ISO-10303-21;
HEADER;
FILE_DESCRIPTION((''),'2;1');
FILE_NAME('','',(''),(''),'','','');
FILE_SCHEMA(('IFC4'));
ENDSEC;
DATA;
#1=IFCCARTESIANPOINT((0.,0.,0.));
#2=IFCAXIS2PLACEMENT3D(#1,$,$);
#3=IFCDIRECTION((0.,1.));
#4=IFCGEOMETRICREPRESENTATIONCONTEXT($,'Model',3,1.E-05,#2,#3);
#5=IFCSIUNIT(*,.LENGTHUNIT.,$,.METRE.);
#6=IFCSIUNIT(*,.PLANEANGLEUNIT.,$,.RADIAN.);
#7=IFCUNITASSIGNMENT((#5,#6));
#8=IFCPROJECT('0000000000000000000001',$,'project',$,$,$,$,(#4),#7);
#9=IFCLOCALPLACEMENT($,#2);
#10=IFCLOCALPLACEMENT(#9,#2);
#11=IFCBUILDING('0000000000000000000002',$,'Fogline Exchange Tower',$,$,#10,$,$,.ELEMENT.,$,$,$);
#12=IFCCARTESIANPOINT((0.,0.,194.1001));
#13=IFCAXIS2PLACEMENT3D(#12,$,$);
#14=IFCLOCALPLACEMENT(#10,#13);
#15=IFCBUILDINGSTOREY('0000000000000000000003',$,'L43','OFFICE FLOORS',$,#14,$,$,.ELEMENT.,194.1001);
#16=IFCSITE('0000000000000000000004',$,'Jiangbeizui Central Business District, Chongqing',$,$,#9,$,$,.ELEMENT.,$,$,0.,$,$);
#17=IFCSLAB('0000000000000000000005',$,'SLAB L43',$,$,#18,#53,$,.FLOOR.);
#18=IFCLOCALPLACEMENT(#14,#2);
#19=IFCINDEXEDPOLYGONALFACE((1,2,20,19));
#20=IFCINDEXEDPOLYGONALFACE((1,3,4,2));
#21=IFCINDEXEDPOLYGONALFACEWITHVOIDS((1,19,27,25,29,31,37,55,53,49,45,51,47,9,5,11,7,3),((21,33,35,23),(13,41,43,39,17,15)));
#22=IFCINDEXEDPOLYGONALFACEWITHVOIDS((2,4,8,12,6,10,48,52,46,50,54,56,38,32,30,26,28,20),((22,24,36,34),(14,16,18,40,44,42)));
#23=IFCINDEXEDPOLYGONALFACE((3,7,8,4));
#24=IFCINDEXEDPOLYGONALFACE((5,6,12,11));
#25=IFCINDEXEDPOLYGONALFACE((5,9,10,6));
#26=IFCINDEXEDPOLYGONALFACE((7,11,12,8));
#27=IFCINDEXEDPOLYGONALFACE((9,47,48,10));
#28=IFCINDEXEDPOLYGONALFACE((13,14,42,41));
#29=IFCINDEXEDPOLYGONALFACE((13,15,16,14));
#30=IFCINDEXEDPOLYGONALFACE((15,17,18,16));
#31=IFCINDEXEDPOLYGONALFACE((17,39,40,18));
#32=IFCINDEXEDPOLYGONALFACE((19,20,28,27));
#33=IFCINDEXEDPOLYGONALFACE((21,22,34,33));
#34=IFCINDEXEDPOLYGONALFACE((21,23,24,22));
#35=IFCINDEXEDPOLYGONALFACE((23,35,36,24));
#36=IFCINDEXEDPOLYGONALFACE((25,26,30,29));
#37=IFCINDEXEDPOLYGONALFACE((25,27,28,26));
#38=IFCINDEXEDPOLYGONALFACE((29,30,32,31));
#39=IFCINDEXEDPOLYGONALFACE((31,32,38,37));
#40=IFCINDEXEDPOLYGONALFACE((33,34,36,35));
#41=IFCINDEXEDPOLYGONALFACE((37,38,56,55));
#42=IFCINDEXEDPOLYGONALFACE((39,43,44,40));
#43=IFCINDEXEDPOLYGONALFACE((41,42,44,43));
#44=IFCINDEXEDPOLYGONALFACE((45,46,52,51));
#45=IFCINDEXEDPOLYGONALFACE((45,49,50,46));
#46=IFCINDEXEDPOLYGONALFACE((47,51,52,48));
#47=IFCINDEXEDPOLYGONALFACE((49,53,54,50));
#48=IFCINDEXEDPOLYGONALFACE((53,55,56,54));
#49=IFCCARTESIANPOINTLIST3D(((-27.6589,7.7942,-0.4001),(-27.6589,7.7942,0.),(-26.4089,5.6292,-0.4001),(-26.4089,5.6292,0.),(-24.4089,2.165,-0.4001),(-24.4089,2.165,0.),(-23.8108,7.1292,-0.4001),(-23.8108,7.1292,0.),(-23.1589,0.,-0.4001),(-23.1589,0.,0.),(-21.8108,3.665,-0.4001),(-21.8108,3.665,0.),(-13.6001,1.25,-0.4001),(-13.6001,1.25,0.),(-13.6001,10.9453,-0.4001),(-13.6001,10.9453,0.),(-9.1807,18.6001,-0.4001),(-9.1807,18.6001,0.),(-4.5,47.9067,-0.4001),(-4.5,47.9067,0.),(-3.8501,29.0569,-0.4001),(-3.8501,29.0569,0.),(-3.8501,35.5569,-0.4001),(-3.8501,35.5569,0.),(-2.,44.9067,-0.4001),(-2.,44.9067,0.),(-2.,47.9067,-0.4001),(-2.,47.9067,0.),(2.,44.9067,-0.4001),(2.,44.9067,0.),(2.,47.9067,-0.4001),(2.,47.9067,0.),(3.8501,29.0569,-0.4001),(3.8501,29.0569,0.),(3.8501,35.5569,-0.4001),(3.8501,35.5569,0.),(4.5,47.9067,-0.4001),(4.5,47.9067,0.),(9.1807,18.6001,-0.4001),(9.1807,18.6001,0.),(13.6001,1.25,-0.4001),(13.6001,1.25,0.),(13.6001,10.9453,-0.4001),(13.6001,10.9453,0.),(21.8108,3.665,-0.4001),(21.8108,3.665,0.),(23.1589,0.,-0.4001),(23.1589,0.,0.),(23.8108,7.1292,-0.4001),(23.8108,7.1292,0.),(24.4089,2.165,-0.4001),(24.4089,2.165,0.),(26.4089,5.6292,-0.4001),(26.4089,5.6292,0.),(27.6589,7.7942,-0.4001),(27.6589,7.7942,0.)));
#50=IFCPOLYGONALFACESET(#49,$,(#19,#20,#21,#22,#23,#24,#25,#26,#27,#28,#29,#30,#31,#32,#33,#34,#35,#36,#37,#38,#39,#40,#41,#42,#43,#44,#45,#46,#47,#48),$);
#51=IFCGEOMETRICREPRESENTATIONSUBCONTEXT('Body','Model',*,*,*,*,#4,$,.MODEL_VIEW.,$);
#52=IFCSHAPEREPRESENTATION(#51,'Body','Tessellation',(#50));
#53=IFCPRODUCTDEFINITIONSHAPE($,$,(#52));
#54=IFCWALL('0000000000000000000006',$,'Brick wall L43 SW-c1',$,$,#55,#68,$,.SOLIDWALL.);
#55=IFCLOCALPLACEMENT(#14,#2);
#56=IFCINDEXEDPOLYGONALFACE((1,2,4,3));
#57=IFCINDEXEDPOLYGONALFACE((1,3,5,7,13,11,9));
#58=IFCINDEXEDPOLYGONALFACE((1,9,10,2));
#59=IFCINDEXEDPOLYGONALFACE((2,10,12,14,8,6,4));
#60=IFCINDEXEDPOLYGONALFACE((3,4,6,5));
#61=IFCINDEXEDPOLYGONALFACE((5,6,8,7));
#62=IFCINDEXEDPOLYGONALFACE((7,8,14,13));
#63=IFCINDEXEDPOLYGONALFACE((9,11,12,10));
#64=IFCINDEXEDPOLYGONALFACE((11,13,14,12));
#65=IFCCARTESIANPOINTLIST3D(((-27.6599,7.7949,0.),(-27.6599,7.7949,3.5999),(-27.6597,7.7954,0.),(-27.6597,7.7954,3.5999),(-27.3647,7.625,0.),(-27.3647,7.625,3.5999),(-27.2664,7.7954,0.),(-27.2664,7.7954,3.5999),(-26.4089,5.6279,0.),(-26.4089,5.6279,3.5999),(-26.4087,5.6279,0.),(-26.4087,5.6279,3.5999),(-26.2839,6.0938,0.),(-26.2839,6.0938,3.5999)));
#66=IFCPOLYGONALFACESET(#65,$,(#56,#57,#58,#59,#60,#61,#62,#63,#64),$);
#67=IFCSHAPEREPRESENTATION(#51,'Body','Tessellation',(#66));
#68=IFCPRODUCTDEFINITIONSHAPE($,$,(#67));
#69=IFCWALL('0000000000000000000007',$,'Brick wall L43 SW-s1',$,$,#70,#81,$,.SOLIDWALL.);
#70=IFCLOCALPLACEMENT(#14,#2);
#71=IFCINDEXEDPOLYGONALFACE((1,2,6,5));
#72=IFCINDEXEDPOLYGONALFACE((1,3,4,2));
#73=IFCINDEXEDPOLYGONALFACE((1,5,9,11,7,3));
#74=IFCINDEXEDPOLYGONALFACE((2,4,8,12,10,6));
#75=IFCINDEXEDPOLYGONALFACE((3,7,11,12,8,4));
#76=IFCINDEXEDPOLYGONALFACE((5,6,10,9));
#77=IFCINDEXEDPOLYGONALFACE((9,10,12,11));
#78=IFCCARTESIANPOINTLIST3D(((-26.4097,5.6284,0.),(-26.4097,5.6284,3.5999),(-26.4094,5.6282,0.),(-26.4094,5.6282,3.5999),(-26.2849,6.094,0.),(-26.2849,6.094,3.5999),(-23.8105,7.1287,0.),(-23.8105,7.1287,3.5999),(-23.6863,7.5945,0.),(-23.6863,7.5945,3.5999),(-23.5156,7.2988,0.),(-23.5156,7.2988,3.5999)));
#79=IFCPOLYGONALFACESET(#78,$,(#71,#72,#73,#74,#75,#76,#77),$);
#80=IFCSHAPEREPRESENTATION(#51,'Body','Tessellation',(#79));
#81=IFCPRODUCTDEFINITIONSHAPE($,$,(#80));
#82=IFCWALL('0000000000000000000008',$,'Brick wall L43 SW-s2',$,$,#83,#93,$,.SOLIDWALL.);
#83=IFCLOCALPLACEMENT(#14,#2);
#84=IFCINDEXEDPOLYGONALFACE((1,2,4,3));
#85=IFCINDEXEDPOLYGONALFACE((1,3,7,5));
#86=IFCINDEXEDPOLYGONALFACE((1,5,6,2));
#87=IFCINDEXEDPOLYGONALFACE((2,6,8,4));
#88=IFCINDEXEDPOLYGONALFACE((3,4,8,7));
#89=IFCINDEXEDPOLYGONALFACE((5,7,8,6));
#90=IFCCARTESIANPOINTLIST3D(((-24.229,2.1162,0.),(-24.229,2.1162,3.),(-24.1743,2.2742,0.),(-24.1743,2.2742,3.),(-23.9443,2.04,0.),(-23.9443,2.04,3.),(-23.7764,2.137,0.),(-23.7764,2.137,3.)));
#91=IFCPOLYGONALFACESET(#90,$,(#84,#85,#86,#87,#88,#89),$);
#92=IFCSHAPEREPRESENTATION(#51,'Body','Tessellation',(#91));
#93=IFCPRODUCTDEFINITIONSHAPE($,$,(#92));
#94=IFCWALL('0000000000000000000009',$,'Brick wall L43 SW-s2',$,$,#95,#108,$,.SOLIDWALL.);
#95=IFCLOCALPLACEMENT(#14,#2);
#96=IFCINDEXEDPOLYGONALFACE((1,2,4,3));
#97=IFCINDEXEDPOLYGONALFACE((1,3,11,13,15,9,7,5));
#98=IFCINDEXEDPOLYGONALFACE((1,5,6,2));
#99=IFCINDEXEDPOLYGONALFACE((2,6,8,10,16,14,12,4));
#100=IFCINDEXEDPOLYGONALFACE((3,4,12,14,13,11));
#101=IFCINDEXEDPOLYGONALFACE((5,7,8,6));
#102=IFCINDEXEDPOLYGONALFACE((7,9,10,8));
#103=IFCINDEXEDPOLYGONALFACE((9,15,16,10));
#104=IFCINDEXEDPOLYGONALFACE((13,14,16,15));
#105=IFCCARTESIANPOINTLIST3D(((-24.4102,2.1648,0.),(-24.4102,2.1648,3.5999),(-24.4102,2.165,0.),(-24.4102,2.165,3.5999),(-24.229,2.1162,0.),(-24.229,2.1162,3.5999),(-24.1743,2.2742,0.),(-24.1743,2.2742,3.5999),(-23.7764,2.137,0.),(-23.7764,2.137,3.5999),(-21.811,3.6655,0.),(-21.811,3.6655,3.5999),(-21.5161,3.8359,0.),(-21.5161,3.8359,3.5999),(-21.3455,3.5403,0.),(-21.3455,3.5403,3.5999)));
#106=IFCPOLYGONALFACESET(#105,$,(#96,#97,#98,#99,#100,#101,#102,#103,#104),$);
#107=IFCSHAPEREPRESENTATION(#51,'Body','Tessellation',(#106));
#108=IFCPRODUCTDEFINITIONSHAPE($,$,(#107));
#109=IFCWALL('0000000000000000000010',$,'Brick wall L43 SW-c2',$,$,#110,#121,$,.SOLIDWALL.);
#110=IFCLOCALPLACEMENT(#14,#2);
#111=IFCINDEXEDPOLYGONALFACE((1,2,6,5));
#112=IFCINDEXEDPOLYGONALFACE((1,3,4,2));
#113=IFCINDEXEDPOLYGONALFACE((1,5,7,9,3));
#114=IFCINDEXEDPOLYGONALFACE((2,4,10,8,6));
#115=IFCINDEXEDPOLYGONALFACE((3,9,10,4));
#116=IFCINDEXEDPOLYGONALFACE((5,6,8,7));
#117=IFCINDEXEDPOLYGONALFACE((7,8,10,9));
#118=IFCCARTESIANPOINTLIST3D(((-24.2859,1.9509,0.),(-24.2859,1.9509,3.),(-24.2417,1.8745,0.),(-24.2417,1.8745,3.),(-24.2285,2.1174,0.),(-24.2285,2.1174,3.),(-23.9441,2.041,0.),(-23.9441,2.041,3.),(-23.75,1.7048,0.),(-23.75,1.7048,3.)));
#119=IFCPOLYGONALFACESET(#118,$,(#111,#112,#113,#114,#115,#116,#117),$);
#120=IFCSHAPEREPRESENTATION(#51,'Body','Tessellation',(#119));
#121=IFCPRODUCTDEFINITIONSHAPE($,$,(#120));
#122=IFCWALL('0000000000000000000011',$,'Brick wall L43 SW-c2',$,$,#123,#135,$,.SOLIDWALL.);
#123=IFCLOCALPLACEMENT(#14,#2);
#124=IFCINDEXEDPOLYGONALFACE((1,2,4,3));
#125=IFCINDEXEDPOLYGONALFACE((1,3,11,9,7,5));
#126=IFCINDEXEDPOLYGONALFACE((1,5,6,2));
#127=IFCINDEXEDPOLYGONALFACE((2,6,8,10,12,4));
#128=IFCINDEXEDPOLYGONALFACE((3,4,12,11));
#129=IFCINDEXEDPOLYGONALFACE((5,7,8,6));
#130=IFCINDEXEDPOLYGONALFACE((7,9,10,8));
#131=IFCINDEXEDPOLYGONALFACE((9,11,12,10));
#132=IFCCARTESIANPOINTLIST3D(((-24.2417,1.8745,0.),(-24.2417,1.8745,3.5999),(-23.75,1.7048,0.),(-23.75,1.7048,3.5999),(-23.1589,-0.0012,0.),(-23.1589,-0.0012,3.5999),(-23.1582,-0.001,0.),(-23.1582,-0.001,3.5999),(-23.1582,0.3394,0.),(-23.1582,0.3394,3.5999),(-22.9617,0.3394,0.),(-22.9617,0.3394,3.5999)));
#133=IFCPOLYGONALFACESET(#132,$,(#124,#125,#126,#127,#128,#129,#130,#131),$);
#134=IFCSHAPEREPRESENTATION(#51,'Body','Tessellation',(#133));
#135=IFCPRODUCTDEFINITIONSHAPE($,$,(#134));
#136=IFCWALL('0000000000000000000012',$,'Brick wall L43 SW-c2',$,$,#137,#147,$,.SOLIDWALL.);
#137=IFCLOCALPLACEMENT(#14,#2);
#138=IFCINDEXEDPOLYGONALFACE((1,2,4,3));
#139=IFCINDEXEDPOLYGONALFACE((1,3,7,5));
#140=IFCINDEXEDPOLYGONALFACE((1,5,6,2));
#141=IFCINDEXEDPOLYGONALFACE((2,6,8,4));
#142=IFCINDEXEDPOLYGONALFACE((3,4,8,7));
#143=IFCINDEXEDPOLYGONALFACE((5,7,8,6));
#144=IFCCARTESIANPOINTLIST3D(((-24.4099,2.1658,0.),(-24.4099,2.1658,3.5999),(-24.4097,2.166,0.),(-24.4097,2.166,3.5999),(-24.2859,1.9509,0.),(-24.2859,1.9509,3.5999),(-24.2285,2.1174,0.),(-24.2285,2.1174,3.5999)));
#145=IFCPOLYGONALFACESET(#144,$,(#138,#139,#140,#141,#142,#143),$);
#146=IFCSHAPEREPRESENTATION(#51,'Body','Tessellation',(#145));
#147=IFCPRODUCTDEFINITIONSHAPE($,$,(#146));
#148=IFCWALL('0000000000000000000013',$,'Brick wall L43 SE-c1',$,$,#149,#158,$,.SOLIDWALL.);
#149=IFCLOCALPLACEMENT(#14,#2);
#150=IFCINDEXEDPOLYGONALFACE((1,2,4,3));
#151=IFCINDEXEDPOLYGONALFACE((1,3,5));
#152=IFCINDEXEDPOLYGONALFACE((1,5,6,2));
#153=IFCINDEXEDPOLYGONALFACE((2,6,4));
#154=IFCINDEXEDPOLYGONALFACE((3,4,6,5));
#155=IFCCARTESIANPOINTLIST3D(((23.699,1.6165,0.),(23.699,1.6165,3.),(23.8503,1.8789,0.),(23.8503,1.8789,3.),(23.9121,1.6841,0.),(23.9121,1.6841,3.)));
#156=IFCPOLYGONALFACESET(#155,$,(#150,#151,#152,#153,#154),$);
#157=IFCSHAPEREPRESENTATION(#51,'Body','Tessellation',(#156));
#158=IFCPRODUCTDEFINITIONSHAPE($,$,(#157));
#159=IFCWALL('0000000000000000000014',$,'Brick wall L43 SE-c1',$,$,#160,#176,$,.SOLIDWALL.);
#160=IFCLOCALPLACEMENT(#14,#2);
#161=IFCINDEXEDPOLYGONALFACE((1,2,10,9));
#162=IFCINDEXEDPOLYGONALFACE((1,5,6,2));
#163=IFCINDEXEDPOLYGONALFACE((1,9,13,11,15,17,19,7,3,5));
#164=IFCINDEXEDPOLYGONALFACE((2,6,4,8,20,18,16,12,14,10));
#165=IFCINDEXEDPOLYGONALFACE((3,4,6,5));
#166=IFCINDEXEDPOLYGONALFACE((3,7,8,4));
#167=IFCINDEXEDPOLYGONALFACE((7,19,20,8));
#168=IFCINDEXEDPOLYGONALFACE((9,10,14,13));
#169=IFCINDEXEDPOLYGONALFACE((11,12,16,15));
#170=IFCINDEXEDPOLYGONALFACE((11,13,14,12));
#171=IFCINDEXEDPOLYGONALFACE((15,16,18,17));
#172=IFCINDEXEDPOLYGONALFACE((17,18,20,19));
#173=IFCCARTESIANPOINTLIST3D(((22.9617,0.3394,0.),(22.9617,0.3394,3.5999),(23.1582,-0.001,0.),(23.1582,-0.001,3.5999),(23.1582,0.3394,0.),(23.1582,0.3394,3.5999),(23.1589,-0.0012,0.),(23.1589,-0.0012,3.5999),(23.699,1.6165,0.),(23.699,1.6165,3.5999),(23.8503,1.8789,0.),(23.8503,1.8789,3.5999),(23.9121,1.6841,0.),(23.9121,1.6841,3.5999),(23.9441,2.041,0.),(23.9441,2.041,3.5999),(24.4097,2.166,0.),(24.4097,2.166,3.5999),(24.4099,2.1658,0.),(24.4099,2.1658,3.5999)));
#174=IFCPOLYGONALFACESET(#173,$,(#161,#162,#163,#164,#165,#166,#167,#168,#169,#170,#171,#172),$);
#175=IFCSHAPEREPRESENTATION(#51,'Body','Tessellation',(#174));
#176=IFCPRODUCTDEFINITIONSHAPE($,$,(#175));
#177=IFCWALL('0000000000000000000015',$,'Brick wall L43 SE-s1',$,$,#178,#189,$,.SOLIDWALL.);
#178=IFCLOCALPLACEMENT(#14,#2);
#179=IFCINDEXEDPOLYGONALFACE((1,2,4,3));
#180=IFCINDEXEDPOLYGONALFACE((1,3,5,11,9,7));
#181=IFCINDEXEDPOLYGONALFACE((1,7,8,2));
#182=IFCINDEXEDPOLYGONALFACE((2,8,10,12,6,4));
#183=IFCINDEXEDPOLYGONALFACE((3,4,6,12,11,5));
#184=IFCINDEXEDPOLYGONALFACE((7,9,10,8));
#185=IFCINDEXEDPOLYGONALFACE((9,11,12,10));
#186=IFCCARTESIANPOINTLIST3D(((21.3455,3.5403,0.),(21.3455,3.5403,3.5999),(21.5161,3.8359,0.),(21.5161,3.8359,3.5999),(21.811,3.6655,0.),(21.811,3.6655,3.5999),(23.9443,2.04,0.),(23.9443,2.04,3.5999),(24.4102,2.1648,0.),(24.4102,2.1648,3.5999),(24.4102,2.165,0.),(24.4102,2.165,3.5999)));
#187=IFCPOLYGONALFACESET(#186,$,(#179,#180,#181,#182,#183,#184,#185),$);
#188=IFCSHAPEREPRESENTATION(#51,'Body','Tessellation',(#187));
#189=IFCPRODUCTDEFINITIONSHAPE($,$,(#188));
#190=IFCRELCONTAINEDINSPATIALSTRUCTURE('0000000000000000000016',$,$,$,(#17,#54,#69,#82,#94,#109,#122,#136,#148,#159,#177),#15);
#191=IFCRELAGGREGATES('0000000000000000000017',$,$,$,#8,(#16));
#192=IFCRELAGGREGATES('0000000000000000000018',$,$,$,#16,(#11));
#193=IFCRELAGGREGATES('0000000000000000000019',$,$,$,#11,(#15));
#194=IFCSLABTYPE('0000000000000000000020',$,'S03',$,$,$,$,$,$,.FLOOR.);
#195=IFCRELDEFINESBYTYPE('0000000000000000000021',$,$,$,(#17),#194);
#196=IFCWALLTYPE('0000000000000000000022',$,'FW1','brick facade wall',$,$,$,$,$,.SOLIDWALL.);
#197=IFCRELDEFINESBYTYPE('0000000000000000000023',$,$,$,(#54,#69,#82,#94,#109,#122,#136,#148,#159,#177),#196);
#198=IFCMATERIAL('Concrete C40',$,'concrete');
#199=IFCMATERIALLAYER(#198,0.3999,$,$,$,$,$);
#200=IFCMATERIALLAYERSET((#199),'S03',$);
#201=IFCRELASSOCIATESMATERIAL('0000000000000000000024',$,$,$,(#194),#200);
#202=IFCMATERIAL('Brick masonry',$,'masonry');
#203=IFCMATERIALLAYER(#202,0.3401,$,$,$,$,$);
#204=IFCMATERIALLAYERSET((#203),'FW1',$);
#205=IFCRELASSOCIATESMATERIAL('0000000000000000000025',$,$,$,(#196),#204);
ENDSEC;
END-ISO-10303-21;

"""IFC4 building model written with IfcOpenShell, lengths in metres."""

from ifc_helpers import new_model, si_unit, direction, frame, origin, place, context, subcontext, project, spatial, polyline, outline, extrude, material, layer, layer_set, type_object, element, save


model = new_model("IFC4")

# Units and contexts
model_context = context("Model", 3, precision=1e-05, world=origin(), true_north=direction((0.0, 1.0)))
body_context = subcontext(model_context, "Body", "Model", "MODEL_VIEW")
ifc_project = project(units=[si_unit("LENGTHUNIT", "METRE"), si_unit("PLANEANGLEUNIT", "RADIAN")], contexts=[model_context])

# Site, building, storey
site_placement = place(None, origin())
site = spatial("IfcSite", under=ifc_project, at=site_placement, Name="Jiangbeizui Central Business District, Chongqing", CompositionType="ELEMENT", RefElevation=0.0)
building_placement = place(site_placement, origin())
building = spatial("IfcBuilding", under=site, at=building_placement, Name="Fogline Exchange Tower", CompositionType="ELEMENT")
storey_placement = place(building_placement, frame((0.0, 0.0, 194.1001)))
storey = spatial("IfcBuildingStorey", under=building, at=storey_placement, Name="L43", Description="OFFICE FLOORS", CompositionType="ELEMENT", Elevation=194.1001)

# Slab
ifc_material_1 = material(Name="Concrete C40", Category="concrete")
ifc_layer_1 = layer(ifc_material_1, 0.3999)
ifc_layer_set_1 = layer_set([ifc_layer_1], Name="S03")
slab_type = type_object("IfcSlabType", Name="S03", PredefinedType="FLOOR", material=ifc_layer_set_1)
slab_placement = place(storey_placement, frame((0.0, 0.0, -0.4001)))
element("IfcSlab", 1, at=slab_placement, inside=storey, type_object=slab_type, Name="SLAB L43", PredefinedType="FLOOR", context=body_context, shape_type="SweptSolid", body=[
    extrude(outline(polyline([(-2.0, 47.9067), (-4.5, 47.9067), (-27.6589, 7.7942), (-26.4089, 5.6292), (-23.8108, 7.1292), (-21.8108, 3.665), (-24.4089, 2.165), (-23.1589, 0.0), (23.1589, 0.0), (24.4089, 2.165), (21.8108, 3.665), (23.8108, 7.1292), (26.4089, 5.6292), (27.6589, 7.7942), (4.5, 47.9067), (2.0, 47.9067), (2.0, 44.9067), (-2.0, 44.9067), (-2.0, 47.9067)]), holes=[polyline([(13.6001, 10.9453), (13.6001, 1.25), (-13.6001, 1.25), (-13.6001, 10.9453), (-9.1807, 18.6001), (9.1807, 18.6001), (13.6001, 10.9453)]), polyline([(3.8501, 35.5569), (3.8501, 29.0569), (-3.8501, 29.0569), (-3.8501, 35.5569), (3.8501, 35.5569)])]), origin(), (0.0, 0.0, 1.0), 0.4001),
])

# Walls
ifc_material_2 = material(Name="Brick masonry", Category="masonry")
ifc_layer_2 = layer(ifc_material_2, 0.3401)
ifc_layer_set_2 = layer_set([ifc_layer_2], Name="FW1")
wall_type = type_object("IfcWallType", Name="FW1", Description="brick facade wall", PredefinedType="SOLIDWALL", material=ifc_layer_set_2)
wall_1_placement = place(storey_placement, origin())
element("IfcWall", 2, at=wall_1_placement, inside=storey, type_object=wall_type, Name="Brick wall L43 SW-c1", PredefinedType="SOLIDWALL", context=body_context, shape_type="SweptSolid", body=[
    extrude(outline(polyline([(-26.4089, 5.6279), (-27.6599, 7.7949), (-27.6597, 7.7954), (-27.3647, 7.625), (-27.2664, 7.7954), (-26.2839, 6.0938), (-26.4087, 5.6279), (-26.4089, 5.6279)])), origin(), (0.0, 0.0, 1.0), 3.5999),
])
wall_2_placement = place(storey_placement, origin())
element("IfcWall", 3, at=wall_2_placement, inside=storey, type_object=wall_type, Name="Brick wall L43 SW-s1", PredefinedType="SOLIDWALL", context=body_context, shape_type="SweptSolid", body=[
    extrude(outline(polyline([(-23.6863, 7.5945), (-23.5156, 7.2988), (-23.8105, 7.1287), (-26.4094, 5.6282), (-26.4097, 5.6284), (-26.2849, 6.094), (-23.6863, 7.5945)])), origin(), (0.0, 0.0, 1.0), 3.5999),
])
wall_3_placement = place(storey_placement, origin())
element("IfcWall", 4, at=wall_3_placement, inside=storey, type_object=wall_type, Name="Brick wall L43 SW-s2", PredefinedType="SOLIDWALL", context=body_context, shape_type="SweptSolid", body=[
    extrude(outline(polyline([(-23.9443, 2.04), (-24.229, 2.1162), (-24.1743, 2.2742), (-23.7764, 2.137), (-23.9443, 2.04)])), origin(), (0.0, 0.0, 1.0), 3.0),
])
wall_4_placement = place(storey_placement, origin())
element("IfcWall", 5, at=wall_4_placement, inside=storey, type_object=wall_type, Name="Brick wall L43 SW-s2", PredefinedType="SOLIDWALL", context=body_context, shape_type="SweptSolid", body=[
    extrude(outline(polyline([(-21.811, 3.6655), (-21.5161, 3.8359), (-21.3455, 3.5403), (-23.7764, 2.137), (-24.1743, 2.2742), (-24.229, 2.1162), (-24.4102, 2.1648), (-24.4102, 2.165), (-21.811, 3.6655)])), origin(), (0.0, 0.0, 1.0), 3.5999),
])
wall_5_placement = place(storey_placement, origin())
element("IfcWall", 6, at=wall_5_placement, inside=storey, type_object=wall_type, Name="Brick wall L43 SW-c2", PredefinedType="SOLIDWALL", context=body_context, shape_type="SweptSolid", body=[
    extrude(outline(polyline([(-24.2859, 1.9509), (-24.2285, 2.1174), (-23.9441, 2.041), (-23.75, 1.7048), (-24.2417, 1.8745), (-24.2859, 1.9509)])), origin(), (0.0, 0.0, 1.0), 3.0),
])
wall_6_placement = place(storey_placement, origin())
element("IfcWall", 7, at=wall_6_placement, inside=storey, type_object=wall_type, Name="Brick wall L43 SW-c2", PredefinedType="SOLIDWALL", context=body_context, shape_type="SweptSolid", body=[
    extrude(outline(polyline([(-23.1582, 0.3394), (-23.1582, -0.001), (-23.1589, -0.0012), (-24.2417, 1.8745), (-23.75, 1.7048), (-22.9617, 0.3394), (-23.1582, 0.3394)])), origin(), (0.0, 0.0, 1.0), 3.5999),
])
wall_7_placement = place(storey_placement, origin())
element("IfcWall", 8, at=wall_7_placement, inside=storey, type_object=wall_type, Name="Brick wall L43 SW-c2", PredefinedType="SOLIDWALL", context=body_context, shape_type="SweptSolid", body=[
    extrude(outline(polyline([(-24.4099, 2.1658), (-24.4097, 2.166), (-24.2285, 2.1174), (-24.2859, 1.9509), (-24.4099, 2.1658)])), origin(), (0.0, 0.0, 1.0), 3.5999),
])
wall_8_placement = place(storey_placement, origin())
element("IfcWall", 9, at=wall_8_placement, inside=storey, type_object=wall_type, Name="Brick wall L43 SE-c1", PredefinedType="SOLIDWALL", context=body_context, shape_type="SweptSolid", body=[
    extrude(outline(polyline([(23.8503, 1.8789), (23.9121, 1.6841), (23.699, 1.6165), (23.8503, 1.8789)])), origin(), (0.0, 0.0, 1.0), 3.0),
])
wall_9_placement = place(storey_placement, origin())
element("IfcWall", 10, at=wall_9_placement, inside=storey, type_object=wall_type, Name="Brick wall L43 SE-c1", PredefinedType="SOLIDWALL", context=body_context, shape_type="SweptSolid", body=[
    extrude(outline(polyline([(23.1589, -0.0012), (23.1582, -0.001), (23.1582, 0.3394), (22.9617, 0.3394), (23.699, 1.6165), (23.9121, 1.6841), (23.8503, 1.8789), (23.9441, 2.041), (24.4097, 2.166), (24.4099, 2.1658), (23.1589, -0.0012)])), origin(), (0.0, 0.0, 1.0), 3.5999),
])
wall_10_placement = place(storey_placement, origin())
element("IfcWall", 11, at=wall_10_placement, inside=storey, type_object=wall_type, Name="Brick wall L43 SE-s1", PredefinedType="SOLIDWALL", context=body_context, shape_type="SweptSolid", body=[
    extrude(outline(polyline([(21.3455, 3.5403), (21.5161, 3.8359), (21.811, 3.6655), (24.4102, 2.165), (24.4102, 2.1648), (23.9443, 2.04), (21.3455, 3.5403)])), origin(), (0.0, 0.0, 1.0), 3.5999),
])

save(model, "model.ifc")
